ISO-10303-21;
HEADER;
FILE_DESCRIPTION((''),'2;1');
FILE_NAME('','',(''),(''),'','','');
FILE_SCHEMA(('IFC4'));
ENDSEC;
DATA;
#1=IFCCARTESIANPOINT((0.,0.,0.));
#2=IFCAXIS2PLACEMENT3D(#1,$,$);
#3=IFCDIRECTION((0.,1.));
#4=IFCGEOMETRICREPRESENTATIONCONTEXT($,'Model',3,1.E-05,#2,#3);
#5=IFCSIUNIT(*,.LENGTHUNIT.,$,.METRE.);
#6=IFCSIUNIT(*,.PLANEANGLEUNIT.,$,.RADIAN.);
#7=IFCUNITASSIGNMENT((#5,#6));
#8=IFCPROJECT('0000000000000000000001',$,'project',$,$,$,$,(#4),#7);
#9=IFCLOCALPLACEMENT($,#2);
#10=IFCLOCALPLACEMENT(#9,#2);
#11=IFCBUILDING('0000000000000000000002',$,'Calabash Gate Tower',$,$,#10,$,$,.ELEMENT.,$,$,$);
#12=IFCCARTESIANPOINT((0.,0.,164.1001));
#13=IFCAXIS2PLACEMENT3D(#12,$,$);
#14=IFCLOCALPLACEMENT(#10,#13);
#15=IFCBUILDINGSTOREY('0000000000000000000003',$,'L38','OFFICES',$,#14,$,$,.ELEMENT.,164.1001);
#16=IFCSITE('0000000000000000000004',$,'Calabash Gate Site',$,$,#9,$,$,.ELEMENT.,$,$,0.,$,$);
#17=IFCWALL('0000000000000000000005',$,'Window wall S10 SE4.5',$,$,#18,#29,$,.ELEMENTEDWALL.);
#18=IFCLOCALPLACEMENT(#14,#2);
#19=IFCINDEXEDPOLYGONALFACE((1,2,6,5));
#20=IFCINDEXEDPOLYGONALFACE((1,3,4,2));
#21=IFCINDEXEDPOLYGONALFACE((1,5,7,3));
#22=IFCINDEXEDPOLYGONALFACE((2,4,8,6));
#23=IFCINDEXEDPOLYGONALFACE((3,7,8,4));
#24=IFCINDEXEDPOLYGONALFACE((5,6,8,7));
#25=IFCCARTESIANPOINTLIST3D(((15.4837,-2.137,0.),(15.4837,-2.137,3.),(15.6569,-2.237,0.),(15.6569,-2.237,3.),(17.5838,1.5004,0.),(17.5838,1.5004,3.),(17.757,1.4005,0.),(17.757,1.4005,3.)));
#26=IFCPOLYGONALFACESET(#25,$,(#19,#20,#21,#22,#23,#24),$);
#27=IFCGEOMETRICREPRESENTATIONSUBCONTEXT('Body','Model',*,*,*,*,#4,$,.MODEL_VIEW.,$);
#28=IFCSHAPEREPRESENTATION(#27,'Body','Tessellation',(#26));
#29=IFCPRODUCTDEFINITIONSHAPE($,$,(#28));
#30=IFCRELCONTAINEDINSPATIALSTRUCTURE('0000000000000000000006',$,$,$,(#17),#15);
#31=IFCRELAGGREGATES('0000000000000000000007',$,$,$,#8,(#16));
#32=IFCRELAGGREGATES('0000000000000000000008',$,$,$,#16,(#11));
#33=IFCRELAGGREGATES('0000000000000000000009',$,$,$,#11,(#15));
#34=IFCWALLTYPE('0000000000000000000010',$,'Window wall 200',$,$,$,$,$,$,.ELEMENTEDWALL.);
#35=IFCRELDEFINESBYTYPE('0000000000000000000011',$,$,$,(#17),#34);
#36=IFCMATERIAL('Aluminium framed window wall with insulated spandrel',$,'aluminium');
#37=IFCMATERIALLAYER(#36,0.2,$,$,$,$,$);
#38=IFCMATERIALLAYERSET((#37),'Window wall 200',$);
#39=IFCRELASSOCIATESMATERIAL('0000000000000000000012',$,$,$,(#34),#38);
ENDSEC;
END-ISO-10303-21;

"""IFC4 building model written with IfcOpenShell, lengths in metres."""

from ifc_helpers import new_model, si_unit, direction, frame, frame_2d, origin, place, context, subcontext, project, spatial, rectangle, extrude, material, layer, layer_set, type_object, element, save


model = new_model("IFC4")

# Units and contexts
model_context = context("Model", 3, precision=1e-05, world=origin(), true_north=direction((0.0, 1.0)))
body_context = subcontext(model_context, "Body", "Model", "MODEL_VIEW")
ifc_project = project(units=[si_unit("LENGTHUNIT", "METRE"), si_unit("PLANEANGLEUNIT", "RADIAN")], contexts=[model_context])

# Site, building, storey
site_placement = place(None, origin())
site = spatial("IfcSite", under=ifc_project, at=site_placement, Name="Calabash Gate Site", CompositionType="ELEMENT", RefElevation=0.0)
building_placement = place(site_placement, origin())
building = spatial("IfcBuilding", under=site, at=building_placement, Name="Calabash Gate Tower", CompositionType="ELEMENT")
storey_placement = place(building_placement, frame((0.0, 0.0, 164.1001)))
storey = spatial("IfcBuildingStorey", under=building, at=storey_placement, Name="L38", Description="OFFICES", CompositionType="ELEMENT", Elevation=164.1001)

# Wall
ifc_material_1 = material(Name="Aluminium framed window wall with insulated spandrel", Category="aluminium")
ifc_layer_1 = layer(ifc_material_1, 0.2)
ifc_layer_set_1 = layer_set([ifc_layer_1], Name="Window wall 200")
wall_type_1 = type_object("IfcWallType", Name="Window wall 200", PredefinedType="ELEMENTEDWALL", material=ifc_layer_set_1)
wall_1_placement = place(storey_placement, frame((15.5703, -2.187, 0.0), z_axis=(0.0, 0.0, 1.0), x_axis=(0.500003, 0.866024, 0.0)))
element("IfcWall", 1, at=wall_1_placement, inside=storey, type_object=wall_type_1, Name="Window wall S10 SE4.5", PredefinedType="ELEMENTEDWALL", context=body_context, shape_type="SweptSolid", body=[
    extrude(rectangle(XDim=4.2002, YDim=0.2, at=frame_2d((2.1001, 0.0))), origin(), (0.0, 0.0, 1.0), 3.0),
])

save(model, "model.ifc")
